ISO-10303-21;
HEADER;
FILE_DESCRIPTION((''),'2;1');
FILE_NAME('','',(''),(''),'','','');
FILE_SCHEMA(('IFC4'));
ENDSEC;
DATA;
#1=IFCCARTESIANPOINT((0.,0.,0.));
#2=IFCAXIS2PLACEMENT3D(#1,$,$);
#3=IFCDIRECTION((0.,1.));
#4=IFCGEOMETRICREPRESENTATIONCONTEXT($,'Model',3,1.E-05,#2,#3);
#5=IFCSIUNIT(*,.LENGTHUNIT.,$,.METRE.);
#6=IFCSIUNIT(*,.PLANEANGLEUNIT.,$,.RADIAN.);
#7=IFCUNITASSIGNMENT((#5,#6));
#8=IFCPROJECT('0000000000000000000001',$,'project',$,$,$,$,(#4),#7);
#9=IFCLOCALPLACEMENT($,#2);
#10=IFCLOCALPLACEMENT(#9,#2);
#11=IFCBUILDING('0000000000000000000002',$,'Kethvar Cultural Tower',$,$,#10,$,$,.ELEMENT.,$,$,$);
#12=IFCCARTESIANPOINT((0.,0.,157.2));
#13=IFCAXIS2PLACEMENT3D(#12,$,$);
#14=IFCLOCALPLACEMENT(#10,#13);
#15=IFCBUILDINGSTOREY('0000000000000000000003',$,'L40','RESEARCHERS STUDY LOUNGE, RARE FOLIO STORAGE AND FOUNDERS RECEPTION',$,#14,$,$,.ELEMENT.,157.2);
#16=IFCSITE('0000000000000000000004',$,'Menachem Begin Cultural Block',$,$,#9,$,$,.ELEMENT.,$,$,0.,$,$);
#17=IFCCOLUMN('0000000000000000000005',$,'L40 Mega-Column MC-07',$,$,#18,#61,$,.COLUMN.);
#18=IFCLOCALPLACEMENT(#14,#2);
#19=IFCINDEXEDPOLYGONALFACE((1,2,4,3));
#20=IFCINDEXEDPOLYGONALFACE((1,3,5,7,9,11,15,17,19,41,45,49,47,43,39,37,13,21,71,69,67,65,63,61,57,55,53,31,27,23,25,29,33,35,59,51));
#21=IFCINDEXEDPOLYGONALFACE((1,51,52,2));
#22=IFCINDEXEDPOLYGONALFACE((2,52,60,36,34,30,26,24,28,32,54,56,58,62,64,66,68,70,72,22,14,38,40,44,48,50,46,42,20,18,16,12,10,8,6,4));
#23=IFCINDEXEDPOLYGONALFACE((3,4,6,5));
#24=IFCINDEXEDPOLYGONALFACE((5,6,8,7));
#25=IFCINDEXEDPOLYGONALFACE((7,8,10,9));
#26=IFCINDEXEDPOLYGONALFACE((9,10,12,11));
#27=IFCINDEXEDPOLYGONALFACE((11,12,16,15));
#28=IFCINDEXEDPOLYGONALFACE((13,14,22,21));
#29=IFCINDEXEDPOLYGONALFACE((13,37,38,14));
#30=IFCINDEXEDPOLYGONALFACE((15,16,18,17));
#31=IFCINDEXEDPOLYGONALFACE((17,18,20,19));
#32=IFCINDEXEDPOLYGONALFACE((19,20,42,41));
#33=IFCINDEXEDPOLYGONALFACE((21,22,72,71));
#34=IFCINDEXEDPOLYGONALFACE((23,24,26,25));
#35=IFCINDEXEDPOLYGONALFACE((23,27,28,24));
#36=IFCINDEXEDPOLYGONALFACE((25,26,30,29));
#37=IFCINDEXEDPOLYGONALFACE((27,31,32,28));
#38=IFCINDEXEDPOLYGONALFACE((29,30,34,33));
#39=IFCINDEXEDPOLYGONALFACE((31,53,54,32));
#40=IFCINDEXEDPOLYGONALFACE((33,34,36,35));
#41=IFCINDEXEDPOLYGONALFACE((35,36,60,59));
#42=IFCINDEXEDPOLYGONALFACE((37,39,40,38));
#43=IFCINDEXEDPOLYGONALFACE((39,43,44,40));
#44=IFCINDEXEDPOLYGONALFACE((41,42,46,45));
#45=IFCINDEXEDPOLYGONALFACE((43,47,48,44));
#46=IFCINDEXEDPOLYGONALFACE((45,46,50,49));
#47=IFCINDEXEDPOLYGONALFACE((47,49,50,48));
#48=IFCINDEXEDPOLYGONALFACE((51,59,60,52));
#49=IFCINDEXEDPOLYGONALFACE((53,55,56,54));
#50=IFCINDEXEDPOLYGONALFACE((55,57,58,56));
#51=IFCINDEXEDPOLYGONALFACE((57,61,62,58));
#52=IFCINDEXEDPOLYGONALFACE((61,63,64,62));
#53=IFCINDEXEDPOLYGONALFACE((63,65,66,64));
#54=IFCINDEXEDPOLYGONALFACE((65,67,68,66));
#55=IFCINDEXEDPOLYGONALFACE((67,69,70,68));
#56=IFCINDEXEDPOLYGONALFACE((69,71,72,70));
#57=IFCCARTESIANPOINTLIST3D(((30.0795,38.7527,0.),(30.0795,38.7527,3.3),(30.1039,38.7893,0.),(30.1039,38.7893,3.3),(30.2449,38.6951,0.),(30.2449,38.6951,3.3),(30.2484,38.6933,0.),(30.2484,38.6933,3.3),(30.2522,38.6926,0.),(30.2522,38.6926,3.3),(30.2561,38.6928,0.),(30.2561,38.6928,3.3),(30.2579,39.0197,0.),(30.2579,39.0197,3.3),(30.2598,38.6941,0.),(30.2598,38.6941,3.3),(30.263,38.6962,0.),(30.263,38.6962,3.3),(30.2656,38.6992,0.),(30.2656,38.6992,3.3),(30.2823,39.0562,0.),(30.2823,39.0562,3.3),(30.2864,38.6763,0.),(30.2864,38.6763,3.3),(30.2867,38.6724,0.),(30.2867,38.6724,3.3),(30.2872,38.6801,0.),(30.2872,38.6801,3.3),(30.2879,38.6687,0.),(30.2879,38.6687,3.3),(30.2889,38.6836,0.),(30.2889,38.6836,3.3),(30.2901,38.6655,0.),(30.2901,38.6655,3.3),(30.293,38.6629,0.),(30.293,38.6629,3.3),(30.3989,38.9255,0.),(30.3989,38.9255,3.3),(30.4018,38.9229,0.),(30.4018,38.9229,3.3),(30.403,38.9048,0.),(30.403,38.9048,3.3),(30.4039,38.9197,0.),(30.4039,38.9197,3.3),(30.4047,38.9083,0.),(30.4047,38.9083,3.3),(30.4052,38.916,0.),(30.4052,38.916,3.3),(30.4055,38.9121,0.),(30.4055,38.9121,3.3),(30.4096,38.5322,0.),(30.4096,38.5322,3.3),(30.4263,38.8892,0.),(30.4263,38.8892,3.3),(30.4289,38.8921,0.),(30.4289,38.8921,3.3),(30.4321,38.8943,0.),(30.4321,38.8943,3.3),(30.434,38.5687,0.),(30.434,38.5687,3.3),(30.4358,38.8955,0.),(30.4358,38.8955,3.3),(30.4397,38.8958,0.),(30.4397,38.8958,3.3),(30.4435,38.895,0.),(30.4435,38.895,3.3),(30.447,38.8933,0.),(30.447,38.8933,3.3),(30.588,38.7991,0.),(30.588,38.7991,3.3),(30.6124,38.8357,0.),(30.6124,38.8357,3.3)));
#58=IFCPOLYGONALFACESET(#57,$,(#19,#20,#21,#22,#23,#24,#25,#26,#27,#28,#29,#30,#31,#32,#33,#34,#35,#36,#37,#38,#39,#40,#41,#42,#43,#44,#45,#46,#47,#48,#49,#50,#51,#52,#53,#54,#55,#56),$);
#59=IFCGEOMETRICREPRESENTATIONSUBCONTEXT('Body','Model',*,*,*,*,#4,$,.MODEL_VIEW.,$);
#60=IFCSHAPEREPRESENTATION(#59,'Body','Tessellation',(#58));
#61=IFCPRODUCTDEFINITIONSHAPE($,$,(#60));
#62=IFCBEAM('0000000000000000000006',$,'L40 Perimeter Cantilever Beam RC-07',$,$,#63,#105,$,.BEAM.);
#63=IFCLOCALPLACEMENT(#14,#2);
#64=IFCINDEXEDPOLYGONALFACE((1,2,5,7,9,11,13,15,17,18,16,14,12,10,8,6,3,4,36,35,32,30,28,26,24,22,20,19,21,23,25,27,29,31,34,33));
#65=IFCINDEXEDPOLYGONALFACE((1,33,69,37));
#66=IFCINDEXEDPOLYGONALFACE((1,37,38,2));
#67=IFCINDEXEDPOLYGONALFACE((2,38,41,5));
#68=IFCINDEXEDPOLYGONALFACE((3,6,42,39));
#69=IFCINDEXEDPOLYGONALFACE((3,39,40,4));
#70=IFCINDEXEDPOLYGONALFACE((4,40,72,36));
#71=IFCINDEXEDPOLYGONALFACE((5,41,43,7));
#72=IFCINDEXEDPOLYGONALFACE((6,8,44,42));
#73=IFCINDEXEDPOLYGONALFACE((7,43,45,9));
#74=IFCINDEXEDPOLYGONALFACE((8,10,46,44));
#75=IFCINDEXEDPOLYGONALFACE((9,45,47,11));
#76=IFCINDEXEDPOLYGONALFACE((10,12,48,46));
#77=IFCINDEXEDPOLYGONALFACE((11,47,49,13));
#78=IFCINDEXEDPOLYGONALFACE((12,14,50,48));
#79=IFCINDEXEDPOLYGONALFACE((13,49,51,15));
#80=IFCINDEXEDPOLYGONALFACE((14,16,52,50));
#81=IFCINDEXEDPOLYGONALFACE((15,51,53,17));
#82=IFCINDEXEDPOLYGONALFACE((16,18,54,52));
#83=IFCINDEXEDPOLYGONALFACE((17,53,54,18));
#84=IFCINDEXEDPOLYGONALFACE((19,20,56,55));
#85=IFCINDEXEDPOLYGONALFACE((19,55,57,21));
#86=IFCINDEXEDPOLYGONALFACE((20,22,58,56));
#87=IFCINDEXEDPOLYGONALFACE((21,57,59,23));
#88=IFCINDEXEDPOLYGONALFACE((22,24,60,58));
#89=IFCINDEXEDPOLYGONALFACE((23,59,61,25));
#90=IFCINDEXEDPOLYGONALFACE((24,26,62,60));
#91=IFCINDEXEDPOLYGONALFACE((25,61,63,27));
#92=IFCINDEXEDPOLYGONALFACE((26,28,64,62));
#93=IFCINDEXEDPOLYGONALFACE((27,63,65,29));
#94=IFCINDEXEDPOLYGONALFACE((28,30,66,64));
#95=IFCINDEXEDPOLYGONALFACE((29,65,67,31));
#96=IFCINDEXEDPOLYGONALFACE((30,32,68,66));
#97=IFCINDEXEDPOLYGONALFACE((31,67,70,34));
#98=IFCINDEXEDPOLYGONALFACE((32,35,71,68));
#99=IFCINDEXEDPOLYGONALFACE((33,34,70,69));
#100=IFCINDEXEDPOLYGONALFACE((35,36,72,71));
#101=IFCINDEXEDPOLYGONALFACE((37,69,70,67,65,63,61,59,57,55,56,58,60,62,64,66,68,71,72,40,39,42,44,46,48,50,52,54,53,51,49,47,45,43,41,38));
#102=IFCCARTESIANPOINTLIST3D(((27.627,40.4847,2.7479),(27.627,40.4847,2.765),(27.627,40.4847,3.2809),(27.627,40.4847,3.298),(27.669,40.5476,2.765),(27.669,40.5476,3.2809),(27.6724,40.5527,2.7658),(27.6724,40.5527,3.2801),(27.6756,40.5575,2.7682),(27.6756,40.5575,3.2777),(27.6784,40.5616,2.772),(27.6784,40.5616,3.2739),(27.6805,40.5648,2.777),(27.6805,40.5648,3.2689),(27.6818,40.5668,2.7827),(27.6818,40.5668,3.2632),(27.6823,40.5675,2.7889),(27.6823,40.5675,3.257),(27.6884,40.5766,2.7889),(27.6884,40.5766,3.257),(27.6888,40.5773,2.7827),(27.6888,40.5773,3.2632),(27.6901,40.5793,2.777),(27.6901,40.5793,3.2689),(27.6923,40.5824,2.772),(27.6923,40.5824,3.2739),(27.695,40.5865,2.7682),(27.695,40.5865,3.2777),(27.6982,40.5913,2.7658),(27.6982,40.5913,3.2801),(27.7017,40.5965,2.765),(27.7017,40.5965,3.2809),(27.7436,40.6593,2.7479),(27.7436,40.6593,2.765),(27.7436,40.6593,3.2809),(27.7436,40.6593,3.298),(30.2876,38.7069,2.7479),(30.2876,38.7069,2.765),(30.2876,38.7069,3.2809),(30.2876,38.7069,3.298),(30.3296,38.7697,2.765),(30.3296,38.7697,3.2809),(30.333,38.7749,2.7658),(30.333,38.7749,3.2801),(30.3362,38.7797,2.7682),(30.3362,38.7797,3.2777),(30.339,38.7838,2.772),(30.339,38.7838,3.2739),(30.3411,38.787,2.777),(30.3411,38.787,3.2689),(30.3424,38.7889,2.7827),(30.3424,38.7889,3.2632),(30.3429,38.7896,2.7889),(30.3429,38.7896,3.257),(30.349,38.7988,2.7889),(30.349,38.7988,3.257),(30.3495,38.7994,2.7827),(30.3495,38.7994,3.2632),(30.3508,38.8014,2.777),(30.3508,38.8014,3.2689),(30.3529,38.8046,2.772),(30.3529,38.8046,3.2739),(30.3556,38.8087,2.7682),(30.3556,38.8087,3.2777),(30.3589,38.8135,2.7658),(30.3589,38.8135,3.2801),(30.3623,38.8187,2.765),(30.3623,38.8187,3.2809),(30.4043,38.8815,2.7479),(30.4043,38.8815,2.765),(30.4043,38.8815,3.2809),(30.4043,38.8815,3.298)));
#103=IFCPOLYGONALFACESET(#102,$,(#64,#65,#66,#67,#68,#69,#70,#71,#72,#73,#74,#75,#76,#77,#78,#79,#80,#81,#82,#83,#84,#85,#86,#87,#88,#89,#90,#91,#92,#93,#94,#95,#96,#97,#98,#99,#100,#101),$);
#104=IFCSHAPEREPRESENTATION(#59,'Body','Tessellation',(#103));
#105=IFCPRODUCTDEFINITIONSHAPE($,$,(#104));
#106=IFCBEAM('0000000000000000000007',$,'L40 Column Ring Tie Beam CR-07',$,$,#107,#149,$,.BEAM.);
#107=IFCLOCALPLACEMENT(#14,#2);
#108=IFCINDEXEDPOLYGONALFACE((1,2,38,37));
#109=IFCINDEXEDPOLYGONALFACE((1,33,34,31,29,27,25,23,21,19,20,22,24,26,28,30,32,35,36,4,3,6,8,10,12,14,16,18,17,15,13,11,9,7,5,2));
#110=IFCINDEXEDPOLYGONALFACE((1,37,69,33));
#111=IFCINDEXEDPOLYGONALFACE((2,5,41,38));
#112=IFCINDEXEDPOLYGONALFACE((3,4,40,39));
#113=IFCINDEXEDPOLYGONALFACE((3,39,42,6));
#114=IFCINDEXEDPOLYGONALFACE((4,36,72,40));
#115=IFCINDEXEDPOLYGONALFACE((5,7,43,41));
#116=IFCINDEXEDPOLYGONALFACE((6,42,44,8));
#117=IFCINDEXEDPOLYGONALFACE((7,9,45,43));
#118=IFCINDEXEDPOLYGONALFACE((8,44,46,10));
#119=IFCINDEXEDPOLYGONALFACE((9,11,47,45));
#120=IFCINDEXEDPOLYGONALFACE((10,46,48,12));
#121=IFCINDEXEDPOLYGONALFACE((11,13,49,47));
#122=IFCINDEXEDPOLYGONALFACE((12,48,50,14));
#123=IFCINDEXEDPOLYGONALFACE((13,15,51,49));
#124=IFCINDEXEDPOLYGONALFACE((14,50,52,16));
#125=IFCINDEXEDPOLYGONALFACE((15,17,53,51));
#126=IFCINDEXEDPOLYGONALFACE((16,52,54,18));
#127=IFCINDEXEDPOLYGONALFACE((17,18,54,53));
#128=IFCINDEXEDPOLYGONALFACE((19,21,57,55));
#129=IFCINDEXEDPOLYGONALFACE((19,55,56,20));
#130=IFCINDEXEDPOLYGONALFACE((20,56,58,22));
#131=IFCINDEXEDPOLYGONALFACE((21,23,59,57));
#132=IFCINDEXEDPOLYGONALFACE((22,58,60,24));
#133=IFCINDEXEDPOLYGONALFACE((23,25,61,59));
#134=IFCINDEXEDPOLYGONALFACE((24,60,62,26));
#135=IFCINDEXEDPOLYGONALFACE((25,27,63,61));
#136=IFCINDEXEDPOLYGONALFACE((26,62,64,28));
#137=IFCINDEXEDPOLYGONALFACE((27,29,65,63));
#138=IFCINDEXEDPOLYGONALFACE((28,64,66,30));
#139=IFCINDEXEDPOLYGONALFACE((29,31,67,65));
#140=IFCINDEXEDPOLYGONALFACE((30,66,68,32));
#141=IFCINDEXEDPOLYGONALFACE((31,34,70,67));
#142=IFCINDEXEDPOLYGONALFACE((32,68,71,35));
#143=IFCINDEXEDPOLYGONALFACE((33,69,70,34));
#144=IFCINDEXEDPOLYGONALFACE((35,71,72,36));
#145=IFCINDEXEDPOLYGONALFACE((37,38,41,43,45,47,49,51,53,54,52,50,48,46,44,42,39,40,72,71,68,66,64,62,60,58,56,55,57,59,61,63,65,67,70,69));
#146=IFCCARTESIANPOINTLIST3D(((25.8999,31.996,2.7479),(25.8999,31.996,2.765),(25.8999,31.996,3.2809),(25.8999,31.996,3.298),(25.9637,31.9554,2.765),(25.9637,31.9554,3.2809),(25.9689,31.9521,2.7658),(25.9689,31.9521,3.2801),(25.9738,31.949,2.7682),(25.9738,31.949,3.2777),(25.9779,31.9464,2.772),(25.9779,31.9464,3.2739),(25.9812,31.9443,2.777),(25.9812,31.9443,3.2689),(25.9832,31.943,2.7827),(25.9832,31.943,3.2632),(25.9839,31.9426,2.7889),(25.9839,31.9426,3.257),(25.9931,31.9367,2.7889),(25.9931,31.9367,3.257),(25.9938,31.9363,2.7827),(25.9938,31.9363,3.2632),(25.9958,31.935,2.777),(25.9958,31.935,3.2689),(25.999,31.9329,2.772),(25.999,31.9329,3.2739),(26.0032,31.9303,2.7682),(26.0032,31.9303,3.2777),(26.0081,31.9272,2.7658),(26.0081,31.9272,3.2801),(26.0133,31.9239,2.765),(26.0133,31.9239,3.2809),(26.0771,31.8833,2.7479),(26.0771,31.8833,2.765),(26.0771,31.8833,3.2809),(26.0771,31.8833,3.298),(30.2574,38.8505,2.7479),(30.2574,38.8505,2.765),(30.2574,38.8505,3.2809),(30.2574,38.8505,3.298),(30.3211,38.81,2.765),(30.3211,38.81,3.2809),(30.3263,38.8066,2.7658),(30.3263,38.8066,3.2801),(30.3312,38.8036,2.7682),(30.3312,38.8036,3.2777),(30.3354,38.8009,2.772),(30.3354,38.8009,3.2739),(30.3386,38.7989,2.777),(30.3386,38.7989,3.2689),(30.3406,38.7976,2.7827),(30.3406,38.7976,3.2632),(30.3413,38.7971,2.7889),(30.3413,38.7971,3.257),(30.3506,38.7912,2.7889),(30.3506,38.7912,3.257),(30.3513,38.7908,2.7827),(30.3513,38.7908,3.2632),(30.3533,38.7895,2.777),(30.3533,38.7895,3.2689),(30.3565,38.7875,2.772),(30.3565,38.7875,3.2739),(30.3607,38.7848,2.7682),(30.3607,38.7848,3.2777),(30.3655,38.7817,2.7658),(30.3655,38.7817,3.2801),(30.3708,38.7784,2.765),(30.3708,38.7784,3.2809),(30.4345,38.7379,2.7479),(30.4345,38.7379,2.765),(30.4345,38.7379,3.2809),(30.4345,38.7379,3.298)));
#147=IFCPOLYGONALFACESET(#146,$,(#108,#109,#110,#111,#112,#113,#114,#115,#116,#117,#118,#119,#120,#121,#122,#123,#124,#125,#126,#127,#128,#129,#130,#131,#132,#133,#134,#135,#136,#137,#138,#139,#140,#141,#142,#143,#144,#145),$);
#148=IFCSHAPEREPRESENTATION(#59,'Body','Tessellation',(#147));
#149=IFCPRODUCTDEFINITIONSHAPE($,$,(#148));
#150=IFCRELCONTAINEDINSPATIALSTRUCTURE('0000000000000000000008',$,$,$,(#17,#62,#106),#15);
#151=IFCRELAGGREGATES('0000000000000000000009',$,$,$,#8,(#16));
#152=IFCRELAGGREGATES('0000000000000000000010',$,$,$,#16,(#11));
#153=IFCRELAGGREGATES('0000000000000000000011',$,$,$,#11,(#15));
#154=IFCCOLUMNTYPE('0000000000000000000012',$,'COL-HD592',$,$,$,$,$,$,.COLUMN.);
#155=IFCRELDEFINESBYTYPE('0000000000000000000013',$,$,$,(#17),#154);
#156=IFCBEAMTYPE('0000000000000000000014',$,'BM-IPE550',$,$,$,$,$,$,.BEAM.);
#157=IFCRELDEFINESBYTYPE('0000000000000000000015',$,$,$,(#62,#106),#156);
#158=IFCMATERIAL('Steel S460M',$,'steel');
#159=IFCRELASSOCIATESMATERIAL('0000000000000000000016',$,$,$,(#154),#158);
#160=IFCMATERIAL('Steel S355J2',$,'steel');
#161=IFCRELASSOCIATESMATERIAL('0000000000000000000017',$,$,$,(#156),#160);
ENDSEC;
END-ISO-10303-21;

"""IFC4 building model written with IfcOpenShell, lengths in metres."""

from ifc_helpers import new_model, si_unit, direction, frame, origin, origin_2d, place, context, subcontext, project, spatial, i_section, extrude, source, transform, mapped, material, material_profile, profile_set, type_object, element, save


model = new_model("IFC4")

# Units and contexts
model_context = context("Model", 3, precision=1e-05, world=origin(), true_north=direction((0.0, 1.0)))
body_context = subcontext(model_context, "Body", "Model", "MODEL_VIEW")
ifc_project = project(units=[si_unit("LENGTHUNIT", "METRE"), si_unit("PLANEANGLEUNIT", "RADIAN")], contexts=[model_context])

# Site, building, storey
site_placement = place(None, origin())
site = spatial("IfcSite", under=ifc_project, at=site_placement, Name="Menachem Begin Cultural Block", CompositionType="ELEMENT", RefElevation=0.0)
building_placement = place(site_placement, origin())
building = spatial("IfcBuilding", under=site, at=building_placement, Name="Kethvar Cultural Tower", CompositionType="ELEMENT")
storey_placement = place(building_placement, frame((0.0, 0.0, 157.2)))
storey = spatial("IfcBuildingStorey", under=building, at=storey_placement, Name="L40", Description="RESEARCHERS STUDY LOUNGE, RARE FOLIO STORAGE AND FOUNDERS RECEPTION", CompositionType="ELEMENT", Elevation=157.2)

# Column
ifc_material_1 = material(Name="Steel S460M", Category="steel")
ifc_material_profile_1 = material_profile(ifc_material_1, i_section(OverallWidth=0.397, OverallDepth=0.365, WebThickness=0.0281, FlangeThickness=0.0439, FilletRadius=0.0149, at=origin_2d()), Name="Steel S460M — HD400x592")
ifc_profile_set_1 = profile_set([ifc_material_profile_1], Name="Steel S460M — HD400x592")
column_type = type_object("IfcColumnType", Name="COL-HD592", PredefinedType="COLUMN", material=ifc_profile_set_1)
shared_shape_1 = source(origin(), body_context, "Body", "SweptSolid", [
    extrude(i_section(OverallWidth=0.397, OverallDepth=0.365, WebThickness=0.0281, FlangeThickness=0.0439, FilletRadius=0.0149, at=origin_2d()), origin(), (0.0, 0.0, 1.0), 3.3),
])
column_placement = place(storey_placement, frame((30.3459, 38.7942, 0.0), z_axis=(0.0, 0.0, 1.0), x_axis=(-0.83147, 0.55557, 0.0)))
element("IfcColumn", 1, at=column_placement, inside=storey, type_object=column_type, Name="L40 Mega-Column MC-07", PredefinedType="COLUMN", context=body_context, shape_type="MappedRepresentation", body=[
    mapped(shared_shape_1, transform((0.0, 0.0, 0.0), scale=1.0)),
])

# Beams
ifc_material_2 = material(Name="Steel S355J2", Category="steel")
ifc_material_profile_2 = material_profile(ifc_material_2, i_section(OverallWidth=0.21, OverallDepth=0.55, WebThickness=0.011, FlangeThickness=0.0171, FilletRadius=0.0239, at=origin_2d()), Name="Steel S355J2 — IPE550")
ifc_profile_set_2 = profile_set([ifc_material_profile_2], Name="Steel S355J2 — IPE550")
beam_type_1 = type_object("IfcBeamType", Name="BM-IPE550", PredefinedType="BEAM", material=ifc_profile_set_2)
shared_shape_2 = source(origin(), body_context, "Body", "SweptSolid", [
    extrude(i_section(OverallWidth=0.21, OverallDepth=0.55, WebThickness=0.011, FlangeThickness=0.0171, FilletRadius=0.0239, at=origin_2d()), origin(), (0.0, 0.0, 1.0), 3.2),
])
beam_1_placement = place(storey_placement, frame((30.3459, 38.7942, 3.0229), z_axis=(-0.831463, 0.55558, 0.0), x_axis=(-0.55558, -0.831463, 0.0)))
element("IfcBeam", 2, at=beam_1_placement, inside=storey, type_object=beam_type_1, Name="L40 Perimeter Cantilever Beam RC-07", PredefinedType="BEAM", context=body_context, shape_type="MappedRepresentation", body=[
    mapped(shared_shape_2, transform((0.0, 0.0, 0.0), scale=1.0)),
])
shared_shape_3 = source(origin(), body_context, "Body", "SweptSolid", [
    extrude(i_section(OverallWidth=0.21, OverallDepth=0.55, WebThickness=0.011, FlangeThickness=0.0171, FilletRadius=0.0239, at=origin_2d()), origin(), (0.0, 0.0, 1.0), 8.1223),
])
beam_2_placement = place(storey_placement, frame((30.3459, 38.7942, 3.0229), z_axis=(-0.536479, -0.843914, 0.0), x_axis=(0.843914, -0.536479, 0.0)))
element("IfcBeam", 3, at=beam_2_placement, inside=storey, type_object=beam_type_1, Name="L40 Column Ring Tie Beam CR-07", PredefinedType="BEAM", context=body_context, shape_type="MappedRepresentation", body=[
    mapped(shared_shape_3, transform((0.0, 0.0, 0.0), scale=1.0)),
])

save(model, "model.ifc")
